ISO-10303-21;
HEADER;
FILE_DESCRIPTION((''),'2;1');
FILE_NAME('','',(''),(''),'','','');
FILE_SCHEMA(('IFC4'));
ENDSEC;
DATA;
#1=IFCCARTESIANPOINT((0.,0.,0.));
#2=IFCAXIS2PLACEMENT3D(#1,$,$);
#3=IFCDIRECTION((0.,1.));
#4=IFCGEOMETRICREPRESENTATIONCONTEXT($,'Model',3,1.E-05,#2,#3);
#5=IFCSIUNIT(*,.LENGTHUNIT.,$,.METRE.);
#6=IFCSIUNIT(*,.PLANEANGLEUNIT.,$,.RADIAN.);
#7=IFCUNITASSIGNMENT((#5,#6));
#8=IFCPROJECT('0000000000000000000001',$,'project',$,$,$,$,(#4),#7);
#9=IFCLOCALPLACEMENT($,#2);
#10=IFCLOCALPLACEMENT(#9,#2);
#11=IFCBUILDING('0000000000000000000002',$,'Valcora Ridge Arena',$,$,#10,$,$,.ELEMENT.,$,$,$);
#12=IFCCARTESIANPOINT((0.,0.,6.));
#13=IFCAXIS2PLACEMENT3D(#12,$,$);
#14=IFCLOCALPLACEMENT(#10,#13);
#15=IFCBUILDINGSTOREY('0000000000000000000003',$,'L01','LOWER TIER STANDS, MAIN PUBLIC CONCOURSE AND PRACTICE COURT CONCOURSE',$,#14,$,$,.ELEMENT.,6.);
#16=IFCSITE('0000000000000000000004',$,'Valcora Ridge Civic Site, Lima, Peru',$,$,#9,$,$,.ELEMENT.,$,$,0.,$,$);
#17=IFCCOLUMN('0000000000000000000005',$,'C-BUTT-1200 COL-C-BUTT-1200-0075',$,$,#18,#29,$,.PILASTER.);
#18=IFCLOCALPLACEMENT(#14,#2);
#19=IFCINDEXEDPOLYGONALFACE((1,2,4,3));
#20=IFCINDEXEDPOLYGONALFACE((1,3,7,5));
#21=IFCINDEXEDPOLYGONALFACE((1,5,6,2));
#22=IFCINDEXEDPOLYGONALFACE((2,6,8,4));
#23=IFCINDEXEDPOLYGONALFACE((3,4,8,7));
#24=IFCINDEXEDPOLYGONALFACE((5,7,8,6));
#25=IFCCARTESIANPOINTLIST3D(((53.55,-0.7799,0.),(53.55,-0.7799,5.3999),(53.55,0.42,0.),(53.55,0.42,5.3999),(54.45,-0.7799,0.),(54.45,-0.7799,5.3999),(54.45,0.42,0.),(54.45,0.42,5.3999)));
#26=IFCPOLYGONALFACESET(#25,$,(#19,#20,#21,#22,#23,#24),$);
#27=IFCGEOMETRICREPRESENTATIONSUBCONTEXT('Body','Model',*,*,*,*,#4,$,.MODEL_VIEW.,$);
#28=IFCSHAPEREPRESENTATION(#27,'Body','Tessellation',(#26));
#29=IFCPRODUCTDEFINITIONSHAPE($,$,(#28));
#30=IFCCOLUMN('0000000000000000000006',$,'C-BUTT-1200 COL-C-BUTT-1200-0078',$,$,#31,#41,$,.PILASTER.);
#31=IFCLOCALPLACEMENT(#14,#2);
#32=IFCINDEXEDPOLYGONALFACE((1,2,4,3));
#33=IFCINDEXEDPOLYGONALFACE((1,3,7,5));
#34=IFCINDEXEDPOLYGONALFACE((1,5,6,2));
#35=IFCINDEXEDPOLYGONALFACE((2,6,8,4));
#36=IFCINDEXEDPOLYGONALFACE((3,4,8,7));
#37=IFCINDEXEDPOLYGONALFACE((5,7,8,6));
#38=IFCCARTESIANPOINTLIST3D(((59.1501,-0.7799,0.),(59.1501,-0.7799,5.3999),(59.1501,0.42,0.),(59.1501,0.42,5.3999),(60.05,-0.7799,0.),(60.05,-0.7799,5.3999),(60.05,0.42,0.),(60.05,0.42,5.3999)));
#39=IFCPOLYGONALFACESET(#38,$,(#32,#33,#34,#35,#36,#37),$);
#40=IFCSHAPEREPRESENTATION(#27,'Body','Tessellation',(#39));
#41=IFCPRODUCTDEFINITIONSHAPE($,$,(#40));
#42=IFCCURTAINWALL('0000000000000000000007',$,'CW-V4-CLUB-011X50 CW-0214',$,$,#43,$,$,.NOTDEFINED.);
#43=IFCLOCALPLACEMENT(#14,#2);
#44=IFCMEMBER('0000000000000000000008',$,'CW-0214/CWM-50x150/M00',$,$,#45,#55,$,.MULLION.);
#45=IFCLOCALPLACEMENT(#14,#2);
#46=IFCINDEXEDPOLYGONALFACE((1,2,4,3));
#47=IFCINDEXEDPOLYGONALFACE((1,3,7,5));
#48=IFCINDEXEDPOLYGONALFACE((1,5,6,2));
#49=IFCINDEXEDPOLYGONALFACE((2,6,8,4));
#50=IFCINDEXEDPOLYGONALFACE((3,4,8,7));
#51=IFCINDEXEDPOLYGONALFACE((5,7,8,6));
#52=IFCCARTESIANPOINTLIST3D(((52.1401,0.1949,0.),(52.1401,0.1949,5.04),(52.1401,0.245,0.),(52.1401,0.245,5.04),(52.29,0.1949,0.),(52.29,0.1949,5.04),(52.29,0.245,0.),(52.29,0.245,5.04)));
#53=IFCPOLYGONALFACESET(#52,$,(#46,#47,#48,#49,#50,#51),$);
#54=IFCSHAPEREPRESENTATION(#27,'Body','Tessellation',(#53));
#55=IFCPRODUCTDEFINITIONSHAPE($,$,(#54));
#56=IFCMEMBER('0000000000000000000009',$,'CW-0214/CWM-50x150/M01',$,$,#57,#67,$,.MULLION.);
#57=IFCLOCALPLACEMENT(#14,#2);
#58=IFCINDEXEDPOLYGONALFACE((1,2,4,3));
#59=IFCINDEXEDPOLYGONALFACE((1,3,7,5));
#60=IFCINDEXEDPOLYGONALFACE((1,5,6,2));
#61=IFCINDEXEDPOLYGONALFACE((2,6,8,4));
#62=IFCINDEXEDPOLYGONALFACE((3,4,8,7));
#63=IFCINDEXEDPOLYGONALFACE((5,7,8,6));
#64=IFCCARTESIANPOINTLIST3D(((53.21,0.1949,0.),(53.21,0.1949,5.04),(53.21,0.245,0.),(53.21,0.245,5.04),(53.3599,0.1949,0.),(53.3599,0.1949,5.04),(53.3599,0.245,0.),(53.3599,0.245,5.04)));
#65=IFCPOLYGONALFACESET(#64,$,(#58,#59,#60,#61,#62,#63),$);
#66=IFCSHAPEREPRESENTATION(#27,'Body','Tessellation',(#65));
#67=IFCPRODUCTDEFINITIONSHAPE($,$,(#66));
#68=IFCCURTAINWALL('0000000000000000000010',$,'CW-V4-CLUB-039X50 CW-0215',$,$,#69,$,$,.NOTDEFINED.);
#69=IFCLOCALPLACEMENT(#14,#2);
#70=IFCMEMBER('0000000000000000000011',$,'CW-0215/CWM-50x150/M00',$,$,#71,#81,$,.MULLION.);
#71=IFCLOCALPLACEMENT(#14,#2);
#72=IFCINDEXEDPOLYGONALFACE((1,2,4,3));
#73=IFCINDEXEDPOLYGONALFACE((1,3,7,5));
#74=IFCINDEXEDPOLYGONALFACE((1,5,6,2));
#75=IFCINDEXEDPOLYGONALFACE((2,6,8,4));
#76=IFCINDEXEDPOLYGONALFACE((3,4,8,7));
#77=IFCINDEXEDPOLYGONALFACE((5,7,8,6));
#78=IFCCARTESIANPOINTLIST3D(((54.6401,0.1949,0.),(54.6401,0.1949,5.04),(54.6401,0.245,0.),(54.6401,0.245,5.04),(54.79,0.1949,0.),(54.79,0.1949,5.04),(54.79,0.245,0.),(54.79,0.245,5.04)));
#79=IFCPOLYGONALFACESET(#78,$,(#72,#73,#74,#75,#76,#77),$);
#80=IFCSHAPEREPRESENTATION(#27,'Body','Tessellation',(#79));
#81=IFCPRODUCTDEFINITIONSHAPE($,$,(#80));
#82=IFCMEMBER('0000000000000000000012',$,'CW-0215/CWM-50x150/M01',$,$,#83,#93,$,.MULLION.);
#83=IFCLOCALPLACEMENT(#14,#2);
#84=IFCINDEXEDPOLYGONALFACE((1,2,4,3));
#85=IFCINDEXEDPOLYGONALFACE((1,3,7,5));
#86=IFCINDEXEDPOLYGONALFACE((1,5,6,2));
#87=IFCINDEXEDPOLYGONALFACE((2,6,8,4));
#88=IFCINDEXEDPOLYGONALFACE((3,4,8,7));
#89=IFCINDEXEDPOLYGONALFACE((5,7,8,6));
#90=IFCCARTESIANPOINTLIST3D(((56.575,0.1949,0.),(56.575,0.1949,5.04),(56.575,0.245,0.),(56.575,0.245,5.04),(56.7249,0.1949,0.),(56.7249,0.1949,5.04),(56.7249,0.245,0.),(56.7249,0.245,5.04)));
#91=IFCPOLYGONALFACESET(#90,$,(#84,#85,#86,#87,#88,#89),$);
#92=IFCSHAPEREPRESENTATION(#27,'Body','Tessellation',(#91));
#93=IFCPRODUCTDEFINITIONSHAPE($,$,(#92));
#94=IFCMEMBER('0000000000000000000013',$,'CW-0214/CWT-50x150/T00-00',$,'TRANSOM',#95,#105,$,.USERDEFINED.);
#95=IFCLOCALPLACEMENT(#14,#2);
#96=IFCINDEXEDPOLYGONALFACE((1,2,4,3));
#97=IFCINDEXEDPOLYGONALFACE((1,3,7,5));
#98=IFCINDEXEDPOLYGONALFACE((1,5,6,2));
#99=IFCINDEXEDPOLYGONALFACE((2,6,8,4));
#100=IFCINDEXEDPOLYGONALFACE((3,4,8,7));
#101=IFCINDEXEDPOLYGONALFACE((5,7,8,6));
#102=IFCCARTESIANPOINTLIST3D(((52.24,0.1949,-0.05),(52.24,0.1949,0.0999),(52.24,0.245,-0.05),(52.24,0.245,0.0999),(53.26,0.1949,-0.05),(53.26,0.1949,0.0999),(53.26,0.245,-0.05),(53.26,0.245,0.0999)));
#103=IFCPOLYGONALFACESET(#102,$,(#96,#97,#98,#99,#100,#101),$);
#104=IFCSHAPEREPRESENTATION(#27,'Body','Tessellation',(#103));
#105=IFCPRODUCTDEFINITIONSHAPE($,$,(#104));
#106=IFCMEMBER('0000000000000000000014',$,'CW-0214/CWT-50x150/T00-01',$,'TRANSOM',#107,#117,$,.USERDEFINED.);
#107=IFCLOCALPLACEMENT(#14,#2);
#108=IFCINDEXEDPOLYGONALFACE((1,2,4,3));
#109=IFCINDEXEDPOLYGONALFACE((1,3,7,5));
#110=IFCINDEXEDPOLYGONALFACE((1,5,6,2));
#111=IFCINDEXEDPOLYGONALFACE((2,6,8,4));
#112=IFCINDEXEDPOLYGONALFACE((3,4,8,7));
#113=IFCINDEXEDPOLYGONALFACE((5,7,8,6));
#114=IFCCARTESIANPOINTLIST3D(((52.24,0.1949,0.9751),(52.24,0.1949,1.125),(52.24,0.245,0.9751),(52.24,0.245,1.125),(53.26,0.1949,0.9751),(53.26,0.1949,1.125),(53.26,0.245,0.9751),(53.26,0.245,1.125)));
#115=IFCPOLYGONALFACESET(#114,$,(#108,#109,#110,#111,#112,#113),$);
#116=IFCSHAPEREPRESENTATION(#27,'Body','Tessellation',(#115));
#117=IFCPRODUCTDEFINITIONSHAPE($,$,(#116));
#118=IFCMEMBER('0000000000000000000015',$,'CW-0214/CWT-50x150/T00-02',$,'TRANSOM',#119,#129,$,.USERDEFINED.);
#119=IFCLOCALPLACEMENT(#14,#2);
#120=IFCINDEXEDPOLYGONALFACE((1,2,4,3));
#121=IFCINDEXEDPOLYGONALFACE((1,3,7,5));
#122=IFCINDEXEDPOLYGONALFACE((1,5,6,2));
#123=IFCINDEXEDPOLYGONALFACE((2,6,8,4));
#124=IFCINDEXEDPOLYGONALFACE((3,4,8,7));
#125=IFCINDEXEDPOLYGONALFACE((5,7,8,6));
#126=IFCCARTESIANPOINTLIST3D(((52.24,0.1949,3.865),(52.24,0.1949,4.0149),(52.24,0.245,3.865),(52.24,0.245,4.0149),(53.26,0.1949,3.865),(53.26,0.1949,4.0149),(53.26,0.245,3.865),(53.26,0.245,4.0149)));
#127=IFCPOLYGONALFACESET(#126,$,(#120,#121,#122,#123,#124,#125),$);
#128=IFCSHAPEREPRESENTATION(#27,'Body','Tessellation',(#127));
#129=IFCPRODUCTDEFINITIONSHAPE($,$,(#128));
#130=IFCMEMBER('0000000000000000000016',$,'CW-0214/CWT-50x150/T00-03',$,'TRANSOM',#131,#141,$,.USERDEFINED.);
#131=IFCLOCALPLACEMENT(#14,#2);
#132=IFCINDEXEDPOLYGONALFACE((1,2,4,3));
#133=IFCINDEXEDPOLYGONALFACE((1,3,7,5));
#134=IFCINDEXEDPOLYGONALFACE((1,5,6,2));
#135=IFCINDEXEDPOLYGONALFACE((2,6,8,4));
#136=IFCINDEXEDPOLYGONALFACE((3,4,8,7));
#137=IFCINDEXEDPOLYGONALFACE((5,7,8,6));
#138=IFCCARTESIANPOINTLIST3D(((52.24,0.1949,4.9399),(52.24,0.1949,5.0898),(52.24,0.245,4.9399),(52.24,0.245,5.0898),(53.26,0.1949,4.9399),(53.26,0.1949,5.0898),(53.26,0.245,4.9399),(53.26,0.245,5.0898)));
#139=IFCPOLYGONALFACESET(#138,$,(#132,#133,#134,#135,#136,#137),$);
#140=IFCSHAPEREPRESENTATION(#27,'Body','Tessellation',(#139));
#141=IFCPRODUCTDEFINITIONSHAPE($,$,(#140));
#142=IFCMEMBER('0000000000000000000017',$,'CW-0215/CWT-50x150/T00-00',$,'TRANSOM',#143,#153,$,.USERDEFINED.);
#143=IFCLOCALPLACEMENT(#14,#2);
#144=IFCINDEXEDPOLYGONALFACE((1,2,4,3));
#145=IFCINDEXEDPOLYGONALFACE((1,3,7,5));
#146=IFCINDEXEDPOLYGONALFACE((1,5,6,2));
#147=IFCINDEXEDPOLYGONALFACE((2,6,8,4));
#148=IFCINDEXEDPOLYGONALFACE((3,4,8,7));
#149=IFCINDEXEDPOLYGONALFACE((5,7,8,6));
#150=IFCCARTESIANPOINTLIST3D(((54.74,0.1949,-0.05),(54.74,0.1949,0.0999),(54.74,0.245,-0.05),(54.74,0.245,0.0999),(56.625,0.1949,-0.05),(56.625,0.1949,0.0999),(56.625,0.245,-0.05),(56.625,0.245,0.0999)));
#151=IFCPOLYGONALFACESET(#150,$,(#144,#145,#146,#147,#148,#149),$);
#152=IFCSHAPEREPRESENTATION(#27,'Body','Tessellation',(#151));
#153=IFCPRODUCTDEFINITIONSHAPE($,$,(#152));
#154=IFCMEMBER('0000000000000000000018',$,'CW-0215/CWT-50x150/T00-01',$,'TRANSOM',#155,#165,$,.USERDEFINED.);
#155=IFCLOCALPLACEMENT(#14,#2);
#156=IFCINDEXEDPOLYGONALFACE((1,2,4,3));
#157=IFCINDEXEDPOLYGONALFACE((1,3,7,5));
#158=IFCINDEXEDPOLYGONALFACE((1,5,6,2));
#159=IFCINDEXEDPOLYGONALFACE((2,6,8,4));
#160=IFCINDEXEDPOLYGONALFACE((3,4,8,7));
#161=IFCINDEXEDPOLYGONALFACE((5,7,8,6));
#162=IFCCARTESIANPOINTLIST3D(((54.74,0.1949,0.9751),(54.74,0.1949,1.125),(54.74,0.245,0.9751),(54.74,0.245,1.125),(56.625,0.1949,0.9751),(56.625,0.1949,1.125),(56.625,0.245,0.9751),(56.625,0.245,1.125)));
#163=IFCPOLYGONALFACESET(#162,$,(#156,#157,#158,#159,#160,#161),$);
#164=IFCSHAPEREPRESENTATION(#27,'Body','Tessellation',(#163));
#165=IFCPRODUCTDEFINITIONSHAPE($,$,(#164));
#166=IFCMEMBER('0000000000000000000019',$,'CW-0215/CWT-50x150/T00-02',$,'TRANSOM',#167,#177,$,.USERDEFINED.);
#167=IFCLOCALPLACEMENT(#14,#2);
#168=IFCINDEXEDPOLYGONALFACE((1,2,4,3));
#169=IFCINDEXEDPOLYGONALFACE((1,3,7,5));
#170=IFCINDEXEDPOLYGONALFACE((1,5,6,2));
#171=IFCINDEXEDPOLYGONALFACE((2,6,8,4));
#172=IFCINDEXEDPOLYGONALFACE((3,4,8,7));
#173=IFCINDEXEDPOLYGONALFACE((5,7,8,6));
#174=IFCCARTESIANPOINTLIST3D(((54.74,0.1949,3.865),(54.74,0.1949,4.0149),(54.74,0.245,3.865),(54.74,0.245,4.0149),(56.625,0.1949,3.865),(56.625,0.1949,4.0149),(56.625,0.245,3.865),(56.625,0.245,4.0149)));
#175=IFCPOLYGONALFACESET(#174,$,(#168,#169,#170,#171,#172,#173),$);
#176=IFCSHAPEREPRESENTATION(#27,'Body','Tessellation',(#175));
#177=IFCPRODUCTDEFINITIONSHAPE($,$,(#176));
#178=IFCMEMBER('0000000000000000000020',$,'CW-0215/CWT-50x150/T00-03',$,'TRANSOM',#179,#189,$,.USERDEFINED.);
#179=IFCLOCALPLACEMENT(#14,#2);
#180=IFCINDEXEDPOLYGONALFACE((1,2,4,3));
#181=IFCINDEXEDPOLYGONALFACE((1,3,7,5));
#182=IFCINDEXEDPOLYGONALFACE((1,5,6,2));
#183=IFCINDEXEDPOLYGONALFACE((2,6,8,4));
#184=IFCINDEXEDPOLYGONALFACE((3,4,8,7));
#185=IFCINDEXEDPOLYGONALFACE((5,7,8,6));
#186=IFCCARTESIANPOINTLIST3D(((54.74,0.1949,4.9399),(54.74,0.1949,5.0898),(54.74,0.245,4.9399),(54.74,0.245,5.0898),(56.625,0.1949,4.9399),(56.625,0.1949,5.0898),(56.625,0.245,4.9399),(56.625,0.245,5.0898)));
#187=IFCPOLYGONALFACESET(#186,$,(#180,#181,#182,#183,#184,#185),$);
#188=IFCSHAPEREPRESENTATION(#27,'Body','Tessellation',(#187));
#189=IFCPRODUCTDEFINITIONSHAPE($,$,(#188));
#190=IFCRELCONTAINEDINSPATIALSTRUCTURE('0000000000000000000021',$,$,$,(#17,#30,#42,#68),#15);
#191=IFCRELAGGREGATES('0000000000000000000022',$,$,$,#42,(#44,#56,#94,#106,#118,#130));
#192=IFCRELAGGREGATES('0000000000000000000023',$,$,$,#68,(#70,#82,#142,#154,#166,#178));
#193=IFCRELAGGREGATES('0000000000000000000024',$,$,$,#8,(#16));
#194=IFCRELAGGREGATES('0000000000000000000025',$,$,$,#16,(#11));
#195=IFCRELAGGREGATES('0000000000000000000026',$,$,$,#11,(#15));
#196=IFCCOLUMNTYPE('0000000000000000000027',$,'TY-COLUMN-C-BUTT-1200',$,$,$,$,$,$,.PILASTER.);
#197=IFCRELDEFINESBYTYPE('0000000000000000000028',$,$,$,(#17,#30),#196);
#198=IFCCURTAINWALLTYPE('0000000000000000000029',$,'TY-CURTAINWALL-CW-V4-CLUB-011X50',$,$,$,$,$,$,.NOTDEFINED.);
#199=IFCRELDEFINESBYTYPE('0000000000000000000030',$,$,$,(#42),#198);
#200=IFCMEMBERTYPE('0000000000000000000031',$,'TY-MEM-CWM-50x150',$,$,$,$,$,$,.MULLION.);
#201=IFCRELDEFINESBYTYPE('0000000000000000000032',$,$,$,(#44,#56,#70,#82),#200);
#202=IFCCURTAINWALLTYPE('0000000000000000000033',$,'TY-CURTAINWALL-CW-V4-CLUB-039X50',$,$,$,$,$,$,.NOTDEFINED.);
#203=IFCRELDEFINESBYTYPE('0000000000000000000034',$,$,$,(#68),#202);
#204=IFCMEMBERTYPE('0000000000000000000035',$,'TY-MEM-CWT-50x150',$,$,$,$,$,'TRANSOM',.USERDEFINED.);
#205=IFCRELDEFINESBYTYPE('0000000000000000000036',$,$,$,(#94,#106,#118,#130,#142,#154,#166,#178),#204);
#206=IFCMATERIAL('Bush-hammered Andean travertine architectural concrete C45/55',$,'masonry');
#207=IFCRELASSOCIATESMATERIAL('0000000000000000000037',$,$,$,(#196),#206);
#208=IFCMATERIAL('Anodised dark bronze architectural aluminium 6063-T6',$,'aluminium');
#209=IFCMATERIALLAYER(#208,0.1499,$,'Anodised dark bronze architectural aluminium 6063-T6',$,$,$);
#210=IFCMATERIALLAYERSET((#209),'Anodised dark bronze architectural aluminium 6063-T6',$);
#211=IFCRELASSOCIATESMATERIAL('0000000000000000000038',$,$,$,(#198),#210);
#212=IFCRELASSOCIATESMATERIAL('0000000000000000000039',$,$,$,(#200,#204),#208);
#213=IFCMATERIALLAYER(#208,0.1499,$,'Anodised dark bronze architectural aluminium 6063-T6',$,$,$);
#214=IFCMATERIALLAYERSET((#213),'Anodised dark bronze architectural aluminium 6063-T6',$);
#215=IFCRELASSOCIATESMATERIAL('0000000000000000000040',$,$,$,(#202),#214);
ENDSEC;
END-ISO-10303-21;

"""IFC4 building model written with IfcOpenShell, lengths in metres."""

from ifc_helpers import new_model, si_unit, direction, frame, origin, origin_2d, place, context, subcontext, project, spatial, rectangle, extrude, material, layer, layer_set, material_profile, profile_set, type_object, element, aggregate, save


model = new_model("IFC4")

# Units and contexts
model_context = context("Model", 3, precision=1e-05, world=origin(), true_north=direction((0.0, 1.0)))
body_context = subcontext(model_context, "Body", "Model", "MODEL_VIEW")
ifc_project = project(units=[si_unit("LENGTHUNIT", "METRE"), si_unit("PLANEANGLEUNIT", "RADIAN")], contexts=[model_context])

# Site, building, storey
site_placement = place(None, origin())
site = spatial("IfcSite", under=ifc_project, at=site_placement, Name="Valcora Ridge Civic Site, Lima, Peru", CompositionType="ELEMENT", RefElevation=0.0)
building_placement = place(site_placement, origin())
building = spatial("IfcBuilding", under=site, at=building_placement, Name="Valcora Ridge Arena", CompositionType="ELEMENT")
storey_placement = place(building_placement, frame((0.0, 0.0, 6.0)))
storey = spatial("IfcBuildingStorey", under=building, at=storey_placement, Name="L01", Description="LOWER TIER STANDS, MAIN PUBLIC CONCOURSE AND PRACTICE COURT CONCOURSE", CompositionType="ELEMENT", Elevation=6.0)

# Columns
ifc_material_1 = material(Name="Bush-hammered Andean travertine architectural concrete C45/55", Category="masonry")
ifc_material_profile_1 = material_profile(ifc_material_1, rectangle(XDim=0.8999, YDim=1.2, at=origin_2d()), Name="RC 900x1200")
ifc_profile_set_1 = profile_set([ifc_material_profile_1], Name="Bush-hammered Andean travertine architectural concrete C45/55")
column_type = type_object("IfcColumnType", Name="TY-COLUMN-C-BUTT-1200", PredefinedType="PILASTER", material=ifc_profile_set_1)
for number, where, z_axis, x_axis, name in (
    (1, (54.0, -0.1799, 0.0), (0.0, 0.0, 1.0), (1.0, 0.0, 0.0), "C-BUTT-1200 COL-C-BUTT-1200-0075"),
    (2, (59.6001, -0.1799, 0.0), (0.0, 0.0, 1.0), (1.0, 0.0, 0.0), "C-BUTT-1200 COL-C-BUTT-1200-0078"),
):
    element("IfcColumn", number, at=place(storey_placement, frame(where, z_axis=z_axis, x_axis=x_axis)), inside=storey, type_object=column_type, Name=name, PredefinedType="PILASTER", context=body_context, shape_type="SweptSolid", body=[
        extrude(rectangle(XDim=0.8999, YDim=1.2, at=origin_2d()), origin(), (0.0, 0.0, 1.0), 5.3999),
    ])

# Curtain walls, members
ifc_material_2 = material(Name="Anodised dark bronze architectural aluminium 6063-T6", Category="aluminium")
ifc_layer_1 = layer(ifc_material_2, 0.1499, Name="Anodised dark bronze architectural aluminium 6063-T6")
ifc_layer_set_1 = layer_set([ifc_layer_1], Name="Anodised dark bronze architectural aluminium 6063-T6")
curtain_wall_type_1 = type_object("IfcCurtainWallType", Name="TY-CURTAINWALL-CW-V4-CLUB-011X50", PredefinedType="NOTDEFINED", material=ifc_layer_set_1)
curtain_wall_1_placement = place(storey_placement, origin())
curtain_wall_1 = element("IfcCurtainWall", 3, at=curtain_wall_1_placement, inside=storey, type_object=curtain_wall_type_1, Name="CW-V4-CLUB-011X50 CW-0214", PredefinedType="NOTDEFINED")
ifc_material_profile_2 = material_profile(ifc_material_2, rectangle(XDim=0.05, YDim=0.1499, at=origin_2d()), Name="ALU MULLION 50x150")
ifc_profile_set_2 = profile_set([ifc_material_profile_2], Name="Anodised dark bronze architectural aluminium 6063-T6")
member_type_1 = type_object("IfcMemberType", Name="TY-MEM-CWM-50x150", PredefinedType="MULLION", material=ifc_profile_set_2)
member_1_placement = place(storey_placement, frame((52.2151, 0.22, 0.0), z_axis=(0.0, 0.0, 1.0), x_axis=(0.0, 1.0, 0.0)))
member_1 = element("IfcMember", 4, at=member_1_placement, type_object=member_type_1, Name="CW-0214/CWM-50x150/M00", PredefinedType="MULLION", context=body_context, shape_type="SweptSolid", body=[
    extrude(rectangle(XDim=0.05, YDim=0.1499, at=origin_2d()), origin(), (0.0, 0.0, 1.0), 5.04),
])
member_2_placement = place(storey_placement, frame((53.2849, 0.22, 0.0), z_axis=(0.0, 0.0, 1.0), x_axis=(0.0, 1.0, 0.0)))
member_2 = element("IfcMember", 5, at=member_2_placement, type_object=member_type_1, Name="CW-0214/CWM-50x150/M01", PredefinedType="MULLION", context=body_context, shape_type="SweptSolid", body=[
    extrude(rectangle(XDim=0.05, YDim=0.1499, at=origin_2d()), origin(), (0.0, 0.0, 1.0), 5.04),
])
ifc_layer_2 = layer(ifc_material_2, 0.1499, Name="Anodised dark bronze architectural aluminium 6063-T6")
ifc_layer_set_2 = layer_set([ifc_layer_2], Name="Anodised dark bronze architectural aluminium 6063-T6")
curtain_wall_type_2 = type_object("IfcCurtainWallType", Name="TY-CURTAINWALL-CW-V4-CLUB-039X50", PredefinedType="NOTDEFINED", material=ifc_layer_set_2)
curtain_wall_2_placement = place(storey_placement, origin())
curtain_wall_2 = element("IfcCurtainWall", 6, at=curtain_wall_2_placement, inside=storey, type_object=curtain_wall_type_2, Name="CW-V4-CLUB-039X50 CW-0215", PredefinedType="NOTDEFINED")
member_3_placement = place(storey_placement, frame((54.7151, 0.22, 0.0), z_axis=(0.0, 0.0, 1.0), x_axis=(0.0, 1.0, 0.0)))
member_3 = element("IfcMember", 7, at=member_3_placement, type_object=member_type_1, Name="CW-0215/CWM-50x150/M00", PredefinedType="MULLION", context=body_context, shape_type="SweptSolid", body=[
    extrude(rectangle(XDim=0.05, YDim=0.1499, at=origin_2d()), origin(), (0.0, 0.0, 1.0), 5.04),
])
member_4_placement = place(storey_placement, frame((56.6499, 0.22, 0.0), z_axis=(0.0, 0.0, 1.0), x_axis=(0.0, 1.0, 0.0)))
member_4 = element("IfcMember", 8, at=member_4_placement, type_object=member_type_1, Name="CW-0215/CWM-50x150/M01", PredefinedType="MULLION", context=body_context, shape_type="SweptSolid", body=[
    extrude(rectangle(XDim=0.05, YDim=0.1499, at=origin_2d()), origin(), (0.0, 0.0, 1.0), 5.04),
])

# Members
ifc_material_profile_3 = material_profile(ifc_material_2, rectangle(XDim=0.05, YDim=0.1499, at=origin_2d()), Name="ALU TRANSOM 50x150")
ifc_profile_set_3 = profile_set([ifc_material_profile_3], Name="Anodised dark bronze architectural aluminium 6063-T6")
member_type_2 = type_object("IfcMemberType", Name="TY-MEM-CWT-50x150", ElementType="TRANSOM", PredefinedType="USERDEFINED", material=ifc_profile_set_3)
member_5_placement = place(storey_placement, frame((52.24, 0.22, 0.0249), z_axis=(1.0, 0.0, 0.0), x_axis=(0.0, 1.0, 0.0)))
member_5 = element("IfcMember", 9, at=member_5_placement, type_object=member_type_2, Name="CW-0214/CWT-50x150/T00-00", ObjectType="TRANSOM", PredefinedType="USERDEFINED", context=body_context, shape_type="SweptSolid", body=[
    extrude(rectangle(XDim=0.05, YDim=0.1499, at=origin_2d()), origin(), (0.0, 0.0, 1.0), 1.02),
])
member_6_placement = place(storey_placement, frame((52.24, 0.22, 1.05), z_axis=(1.0, 0.0, 0.0), x_axis=(0.0, 1.0, 0.0)))
member_6 = element("IfcMember", 10, at=member_6_placement, type_object=member_type_2, Name="CW-0214/CWT-50x150/T00-01", ObjectType="TRANSOM", PredefinedType="USERDEFINED", context=body_context, shape_type="SweptSolid", body=[
    extrude(rectangle(XDim=0.05, YDim=0.1499, at=origin_2d()), origin(), (0.0, 0.0, 1.0), 1.02),
])
member_7_placement = place(storey_placement, frame((52.24, 0.22, 3.9399), z_axis=(1.0, 0.0, 0.0), x_axis=(0.0, 1.0, 0.0)))
member_7 = element("IfcMember", 11, at=member_7_placement, type_object=member_type_2, Name="CW-0214/CWT-50x150/T00-02", ObjectType="TRANSOM", PredefinedType="USERDEFINED", context=body_context, shape_type="SweptSolid", body=[
    extrude(rectangle(XDim=0.05, YDim=0.1499, at=origin_2d()), origin(), (0.0, 0.0, 1.0), 1.02),
])
member_8_placement = place(storey_placement, frame((52.24, 0.22, 5.0149), z_axis=(1.0, 0.0, 0.0), x_axis=(0.0, 1.0, 0.0)))
member_8 = element("IfcMember", 12, at=member_8_placement, type_object=member_type_2, Name="CW-0214/CWT-50x150/T00-03", ObjectType="TRANSOM", PredefinedType="USERDEFINED", context=body_context, shape_type="SweptSolid", body=[
    extrude(rectangle(XDim=0.05, YDim=0.1499, at=origin_2d()), origin(), (0.0, 0.0, 1.0), 1.02),
])
member_9_placement = place(storey_placement, frame((54.74, 0.22, 0.0249), z_axis=(1.0, 0.0, 0.0), x_axis=(0.0, 1.0, 0.0)))
member_9 = element("IfcMember", 13, at=member_9_placement, type_object=member_type_2, Name="CW-0215/CWT-50x150/T00-00", ObjectType="TRANSOM", PredefinedType="USERDEFINED", context=body_context, shape_type="SweptSolid", body=[
    extrude(rectangle(XDim=0.05, YDim=0.1499, at=origin_2d()), origin(), (0.0, 0.0, 1.0), 1.885),
])
member_10_placement = place(storey_placement, frame((54.74, 0.22, 1.05), z_axis=(1.0, 0.0, 0.0), x_axis=(0.0, 1.0, 0.0)))
member_10 = element("IfcMember", 14, at=member_10_placement, type_object=member_type_2, Name="CW-0215/CWT-50x150/T00-01", ObjectType="TRANSOM", PredefinedType="USERDEFINED", context=body_context, shape_type="SweptSolid", body=[
    extrude(rectangle(XDim=0.05, YDim=0.1499, at=origin_2d()), origin(), (0.0, 0.0, 1.0), 1.885),
])
member_11_placement = place(storey_placement, frame((54.74, 0.22, 3.9399), z_axis=(1.0, 0.0, 0.0), x_axis=(0.0, 1.0, 0.0)))
member_11 = element("IfcMember", 15, at=member_11_placement, type_object=member_type_2, Name="CW-0215/CWT-50x150/T00-02", ObjectType="TRANSOM", PredefinedType="USERDEFINED", context=body_context, shape_type="SweptSolid", body=[
    extrude(rectangle(XDim=0.05, YDim=0.1499, at=origin_2d()), origin(), (0.0, 0.0, 1.0), 1.885),
])
member_12_placement = place(storey_placement, frame((54.74, 0.22, 5.0149), z_axis=(1.0, 0.0, 0.0), x_axis=(0.0, 1.0, 0.0)))
member_12 = element("IfcMember", 16, at=member_12_placement, type_object=member_type_2, Name="CW-0215/CWT-50x150/T00-03", ObjectType="TRANSOM", PredefinedType="USERDEFINED", context=body_context, shape_type="SweptSolid", body=[
    extrude(rectangle(XDim=0.05, YDim=0.1499, at=origin_2d()), origin(), (0.0, 0.0, 1.0), 1.885),
])

aggregate(curtain_wall_1, [member_1, member_2, member_5, member_6, member_7, member_8])
aggregate(curtain_wall_2, [member_3, member_4, member_9, member_10, member_11, member_12])

save(model, "model.ifc")
